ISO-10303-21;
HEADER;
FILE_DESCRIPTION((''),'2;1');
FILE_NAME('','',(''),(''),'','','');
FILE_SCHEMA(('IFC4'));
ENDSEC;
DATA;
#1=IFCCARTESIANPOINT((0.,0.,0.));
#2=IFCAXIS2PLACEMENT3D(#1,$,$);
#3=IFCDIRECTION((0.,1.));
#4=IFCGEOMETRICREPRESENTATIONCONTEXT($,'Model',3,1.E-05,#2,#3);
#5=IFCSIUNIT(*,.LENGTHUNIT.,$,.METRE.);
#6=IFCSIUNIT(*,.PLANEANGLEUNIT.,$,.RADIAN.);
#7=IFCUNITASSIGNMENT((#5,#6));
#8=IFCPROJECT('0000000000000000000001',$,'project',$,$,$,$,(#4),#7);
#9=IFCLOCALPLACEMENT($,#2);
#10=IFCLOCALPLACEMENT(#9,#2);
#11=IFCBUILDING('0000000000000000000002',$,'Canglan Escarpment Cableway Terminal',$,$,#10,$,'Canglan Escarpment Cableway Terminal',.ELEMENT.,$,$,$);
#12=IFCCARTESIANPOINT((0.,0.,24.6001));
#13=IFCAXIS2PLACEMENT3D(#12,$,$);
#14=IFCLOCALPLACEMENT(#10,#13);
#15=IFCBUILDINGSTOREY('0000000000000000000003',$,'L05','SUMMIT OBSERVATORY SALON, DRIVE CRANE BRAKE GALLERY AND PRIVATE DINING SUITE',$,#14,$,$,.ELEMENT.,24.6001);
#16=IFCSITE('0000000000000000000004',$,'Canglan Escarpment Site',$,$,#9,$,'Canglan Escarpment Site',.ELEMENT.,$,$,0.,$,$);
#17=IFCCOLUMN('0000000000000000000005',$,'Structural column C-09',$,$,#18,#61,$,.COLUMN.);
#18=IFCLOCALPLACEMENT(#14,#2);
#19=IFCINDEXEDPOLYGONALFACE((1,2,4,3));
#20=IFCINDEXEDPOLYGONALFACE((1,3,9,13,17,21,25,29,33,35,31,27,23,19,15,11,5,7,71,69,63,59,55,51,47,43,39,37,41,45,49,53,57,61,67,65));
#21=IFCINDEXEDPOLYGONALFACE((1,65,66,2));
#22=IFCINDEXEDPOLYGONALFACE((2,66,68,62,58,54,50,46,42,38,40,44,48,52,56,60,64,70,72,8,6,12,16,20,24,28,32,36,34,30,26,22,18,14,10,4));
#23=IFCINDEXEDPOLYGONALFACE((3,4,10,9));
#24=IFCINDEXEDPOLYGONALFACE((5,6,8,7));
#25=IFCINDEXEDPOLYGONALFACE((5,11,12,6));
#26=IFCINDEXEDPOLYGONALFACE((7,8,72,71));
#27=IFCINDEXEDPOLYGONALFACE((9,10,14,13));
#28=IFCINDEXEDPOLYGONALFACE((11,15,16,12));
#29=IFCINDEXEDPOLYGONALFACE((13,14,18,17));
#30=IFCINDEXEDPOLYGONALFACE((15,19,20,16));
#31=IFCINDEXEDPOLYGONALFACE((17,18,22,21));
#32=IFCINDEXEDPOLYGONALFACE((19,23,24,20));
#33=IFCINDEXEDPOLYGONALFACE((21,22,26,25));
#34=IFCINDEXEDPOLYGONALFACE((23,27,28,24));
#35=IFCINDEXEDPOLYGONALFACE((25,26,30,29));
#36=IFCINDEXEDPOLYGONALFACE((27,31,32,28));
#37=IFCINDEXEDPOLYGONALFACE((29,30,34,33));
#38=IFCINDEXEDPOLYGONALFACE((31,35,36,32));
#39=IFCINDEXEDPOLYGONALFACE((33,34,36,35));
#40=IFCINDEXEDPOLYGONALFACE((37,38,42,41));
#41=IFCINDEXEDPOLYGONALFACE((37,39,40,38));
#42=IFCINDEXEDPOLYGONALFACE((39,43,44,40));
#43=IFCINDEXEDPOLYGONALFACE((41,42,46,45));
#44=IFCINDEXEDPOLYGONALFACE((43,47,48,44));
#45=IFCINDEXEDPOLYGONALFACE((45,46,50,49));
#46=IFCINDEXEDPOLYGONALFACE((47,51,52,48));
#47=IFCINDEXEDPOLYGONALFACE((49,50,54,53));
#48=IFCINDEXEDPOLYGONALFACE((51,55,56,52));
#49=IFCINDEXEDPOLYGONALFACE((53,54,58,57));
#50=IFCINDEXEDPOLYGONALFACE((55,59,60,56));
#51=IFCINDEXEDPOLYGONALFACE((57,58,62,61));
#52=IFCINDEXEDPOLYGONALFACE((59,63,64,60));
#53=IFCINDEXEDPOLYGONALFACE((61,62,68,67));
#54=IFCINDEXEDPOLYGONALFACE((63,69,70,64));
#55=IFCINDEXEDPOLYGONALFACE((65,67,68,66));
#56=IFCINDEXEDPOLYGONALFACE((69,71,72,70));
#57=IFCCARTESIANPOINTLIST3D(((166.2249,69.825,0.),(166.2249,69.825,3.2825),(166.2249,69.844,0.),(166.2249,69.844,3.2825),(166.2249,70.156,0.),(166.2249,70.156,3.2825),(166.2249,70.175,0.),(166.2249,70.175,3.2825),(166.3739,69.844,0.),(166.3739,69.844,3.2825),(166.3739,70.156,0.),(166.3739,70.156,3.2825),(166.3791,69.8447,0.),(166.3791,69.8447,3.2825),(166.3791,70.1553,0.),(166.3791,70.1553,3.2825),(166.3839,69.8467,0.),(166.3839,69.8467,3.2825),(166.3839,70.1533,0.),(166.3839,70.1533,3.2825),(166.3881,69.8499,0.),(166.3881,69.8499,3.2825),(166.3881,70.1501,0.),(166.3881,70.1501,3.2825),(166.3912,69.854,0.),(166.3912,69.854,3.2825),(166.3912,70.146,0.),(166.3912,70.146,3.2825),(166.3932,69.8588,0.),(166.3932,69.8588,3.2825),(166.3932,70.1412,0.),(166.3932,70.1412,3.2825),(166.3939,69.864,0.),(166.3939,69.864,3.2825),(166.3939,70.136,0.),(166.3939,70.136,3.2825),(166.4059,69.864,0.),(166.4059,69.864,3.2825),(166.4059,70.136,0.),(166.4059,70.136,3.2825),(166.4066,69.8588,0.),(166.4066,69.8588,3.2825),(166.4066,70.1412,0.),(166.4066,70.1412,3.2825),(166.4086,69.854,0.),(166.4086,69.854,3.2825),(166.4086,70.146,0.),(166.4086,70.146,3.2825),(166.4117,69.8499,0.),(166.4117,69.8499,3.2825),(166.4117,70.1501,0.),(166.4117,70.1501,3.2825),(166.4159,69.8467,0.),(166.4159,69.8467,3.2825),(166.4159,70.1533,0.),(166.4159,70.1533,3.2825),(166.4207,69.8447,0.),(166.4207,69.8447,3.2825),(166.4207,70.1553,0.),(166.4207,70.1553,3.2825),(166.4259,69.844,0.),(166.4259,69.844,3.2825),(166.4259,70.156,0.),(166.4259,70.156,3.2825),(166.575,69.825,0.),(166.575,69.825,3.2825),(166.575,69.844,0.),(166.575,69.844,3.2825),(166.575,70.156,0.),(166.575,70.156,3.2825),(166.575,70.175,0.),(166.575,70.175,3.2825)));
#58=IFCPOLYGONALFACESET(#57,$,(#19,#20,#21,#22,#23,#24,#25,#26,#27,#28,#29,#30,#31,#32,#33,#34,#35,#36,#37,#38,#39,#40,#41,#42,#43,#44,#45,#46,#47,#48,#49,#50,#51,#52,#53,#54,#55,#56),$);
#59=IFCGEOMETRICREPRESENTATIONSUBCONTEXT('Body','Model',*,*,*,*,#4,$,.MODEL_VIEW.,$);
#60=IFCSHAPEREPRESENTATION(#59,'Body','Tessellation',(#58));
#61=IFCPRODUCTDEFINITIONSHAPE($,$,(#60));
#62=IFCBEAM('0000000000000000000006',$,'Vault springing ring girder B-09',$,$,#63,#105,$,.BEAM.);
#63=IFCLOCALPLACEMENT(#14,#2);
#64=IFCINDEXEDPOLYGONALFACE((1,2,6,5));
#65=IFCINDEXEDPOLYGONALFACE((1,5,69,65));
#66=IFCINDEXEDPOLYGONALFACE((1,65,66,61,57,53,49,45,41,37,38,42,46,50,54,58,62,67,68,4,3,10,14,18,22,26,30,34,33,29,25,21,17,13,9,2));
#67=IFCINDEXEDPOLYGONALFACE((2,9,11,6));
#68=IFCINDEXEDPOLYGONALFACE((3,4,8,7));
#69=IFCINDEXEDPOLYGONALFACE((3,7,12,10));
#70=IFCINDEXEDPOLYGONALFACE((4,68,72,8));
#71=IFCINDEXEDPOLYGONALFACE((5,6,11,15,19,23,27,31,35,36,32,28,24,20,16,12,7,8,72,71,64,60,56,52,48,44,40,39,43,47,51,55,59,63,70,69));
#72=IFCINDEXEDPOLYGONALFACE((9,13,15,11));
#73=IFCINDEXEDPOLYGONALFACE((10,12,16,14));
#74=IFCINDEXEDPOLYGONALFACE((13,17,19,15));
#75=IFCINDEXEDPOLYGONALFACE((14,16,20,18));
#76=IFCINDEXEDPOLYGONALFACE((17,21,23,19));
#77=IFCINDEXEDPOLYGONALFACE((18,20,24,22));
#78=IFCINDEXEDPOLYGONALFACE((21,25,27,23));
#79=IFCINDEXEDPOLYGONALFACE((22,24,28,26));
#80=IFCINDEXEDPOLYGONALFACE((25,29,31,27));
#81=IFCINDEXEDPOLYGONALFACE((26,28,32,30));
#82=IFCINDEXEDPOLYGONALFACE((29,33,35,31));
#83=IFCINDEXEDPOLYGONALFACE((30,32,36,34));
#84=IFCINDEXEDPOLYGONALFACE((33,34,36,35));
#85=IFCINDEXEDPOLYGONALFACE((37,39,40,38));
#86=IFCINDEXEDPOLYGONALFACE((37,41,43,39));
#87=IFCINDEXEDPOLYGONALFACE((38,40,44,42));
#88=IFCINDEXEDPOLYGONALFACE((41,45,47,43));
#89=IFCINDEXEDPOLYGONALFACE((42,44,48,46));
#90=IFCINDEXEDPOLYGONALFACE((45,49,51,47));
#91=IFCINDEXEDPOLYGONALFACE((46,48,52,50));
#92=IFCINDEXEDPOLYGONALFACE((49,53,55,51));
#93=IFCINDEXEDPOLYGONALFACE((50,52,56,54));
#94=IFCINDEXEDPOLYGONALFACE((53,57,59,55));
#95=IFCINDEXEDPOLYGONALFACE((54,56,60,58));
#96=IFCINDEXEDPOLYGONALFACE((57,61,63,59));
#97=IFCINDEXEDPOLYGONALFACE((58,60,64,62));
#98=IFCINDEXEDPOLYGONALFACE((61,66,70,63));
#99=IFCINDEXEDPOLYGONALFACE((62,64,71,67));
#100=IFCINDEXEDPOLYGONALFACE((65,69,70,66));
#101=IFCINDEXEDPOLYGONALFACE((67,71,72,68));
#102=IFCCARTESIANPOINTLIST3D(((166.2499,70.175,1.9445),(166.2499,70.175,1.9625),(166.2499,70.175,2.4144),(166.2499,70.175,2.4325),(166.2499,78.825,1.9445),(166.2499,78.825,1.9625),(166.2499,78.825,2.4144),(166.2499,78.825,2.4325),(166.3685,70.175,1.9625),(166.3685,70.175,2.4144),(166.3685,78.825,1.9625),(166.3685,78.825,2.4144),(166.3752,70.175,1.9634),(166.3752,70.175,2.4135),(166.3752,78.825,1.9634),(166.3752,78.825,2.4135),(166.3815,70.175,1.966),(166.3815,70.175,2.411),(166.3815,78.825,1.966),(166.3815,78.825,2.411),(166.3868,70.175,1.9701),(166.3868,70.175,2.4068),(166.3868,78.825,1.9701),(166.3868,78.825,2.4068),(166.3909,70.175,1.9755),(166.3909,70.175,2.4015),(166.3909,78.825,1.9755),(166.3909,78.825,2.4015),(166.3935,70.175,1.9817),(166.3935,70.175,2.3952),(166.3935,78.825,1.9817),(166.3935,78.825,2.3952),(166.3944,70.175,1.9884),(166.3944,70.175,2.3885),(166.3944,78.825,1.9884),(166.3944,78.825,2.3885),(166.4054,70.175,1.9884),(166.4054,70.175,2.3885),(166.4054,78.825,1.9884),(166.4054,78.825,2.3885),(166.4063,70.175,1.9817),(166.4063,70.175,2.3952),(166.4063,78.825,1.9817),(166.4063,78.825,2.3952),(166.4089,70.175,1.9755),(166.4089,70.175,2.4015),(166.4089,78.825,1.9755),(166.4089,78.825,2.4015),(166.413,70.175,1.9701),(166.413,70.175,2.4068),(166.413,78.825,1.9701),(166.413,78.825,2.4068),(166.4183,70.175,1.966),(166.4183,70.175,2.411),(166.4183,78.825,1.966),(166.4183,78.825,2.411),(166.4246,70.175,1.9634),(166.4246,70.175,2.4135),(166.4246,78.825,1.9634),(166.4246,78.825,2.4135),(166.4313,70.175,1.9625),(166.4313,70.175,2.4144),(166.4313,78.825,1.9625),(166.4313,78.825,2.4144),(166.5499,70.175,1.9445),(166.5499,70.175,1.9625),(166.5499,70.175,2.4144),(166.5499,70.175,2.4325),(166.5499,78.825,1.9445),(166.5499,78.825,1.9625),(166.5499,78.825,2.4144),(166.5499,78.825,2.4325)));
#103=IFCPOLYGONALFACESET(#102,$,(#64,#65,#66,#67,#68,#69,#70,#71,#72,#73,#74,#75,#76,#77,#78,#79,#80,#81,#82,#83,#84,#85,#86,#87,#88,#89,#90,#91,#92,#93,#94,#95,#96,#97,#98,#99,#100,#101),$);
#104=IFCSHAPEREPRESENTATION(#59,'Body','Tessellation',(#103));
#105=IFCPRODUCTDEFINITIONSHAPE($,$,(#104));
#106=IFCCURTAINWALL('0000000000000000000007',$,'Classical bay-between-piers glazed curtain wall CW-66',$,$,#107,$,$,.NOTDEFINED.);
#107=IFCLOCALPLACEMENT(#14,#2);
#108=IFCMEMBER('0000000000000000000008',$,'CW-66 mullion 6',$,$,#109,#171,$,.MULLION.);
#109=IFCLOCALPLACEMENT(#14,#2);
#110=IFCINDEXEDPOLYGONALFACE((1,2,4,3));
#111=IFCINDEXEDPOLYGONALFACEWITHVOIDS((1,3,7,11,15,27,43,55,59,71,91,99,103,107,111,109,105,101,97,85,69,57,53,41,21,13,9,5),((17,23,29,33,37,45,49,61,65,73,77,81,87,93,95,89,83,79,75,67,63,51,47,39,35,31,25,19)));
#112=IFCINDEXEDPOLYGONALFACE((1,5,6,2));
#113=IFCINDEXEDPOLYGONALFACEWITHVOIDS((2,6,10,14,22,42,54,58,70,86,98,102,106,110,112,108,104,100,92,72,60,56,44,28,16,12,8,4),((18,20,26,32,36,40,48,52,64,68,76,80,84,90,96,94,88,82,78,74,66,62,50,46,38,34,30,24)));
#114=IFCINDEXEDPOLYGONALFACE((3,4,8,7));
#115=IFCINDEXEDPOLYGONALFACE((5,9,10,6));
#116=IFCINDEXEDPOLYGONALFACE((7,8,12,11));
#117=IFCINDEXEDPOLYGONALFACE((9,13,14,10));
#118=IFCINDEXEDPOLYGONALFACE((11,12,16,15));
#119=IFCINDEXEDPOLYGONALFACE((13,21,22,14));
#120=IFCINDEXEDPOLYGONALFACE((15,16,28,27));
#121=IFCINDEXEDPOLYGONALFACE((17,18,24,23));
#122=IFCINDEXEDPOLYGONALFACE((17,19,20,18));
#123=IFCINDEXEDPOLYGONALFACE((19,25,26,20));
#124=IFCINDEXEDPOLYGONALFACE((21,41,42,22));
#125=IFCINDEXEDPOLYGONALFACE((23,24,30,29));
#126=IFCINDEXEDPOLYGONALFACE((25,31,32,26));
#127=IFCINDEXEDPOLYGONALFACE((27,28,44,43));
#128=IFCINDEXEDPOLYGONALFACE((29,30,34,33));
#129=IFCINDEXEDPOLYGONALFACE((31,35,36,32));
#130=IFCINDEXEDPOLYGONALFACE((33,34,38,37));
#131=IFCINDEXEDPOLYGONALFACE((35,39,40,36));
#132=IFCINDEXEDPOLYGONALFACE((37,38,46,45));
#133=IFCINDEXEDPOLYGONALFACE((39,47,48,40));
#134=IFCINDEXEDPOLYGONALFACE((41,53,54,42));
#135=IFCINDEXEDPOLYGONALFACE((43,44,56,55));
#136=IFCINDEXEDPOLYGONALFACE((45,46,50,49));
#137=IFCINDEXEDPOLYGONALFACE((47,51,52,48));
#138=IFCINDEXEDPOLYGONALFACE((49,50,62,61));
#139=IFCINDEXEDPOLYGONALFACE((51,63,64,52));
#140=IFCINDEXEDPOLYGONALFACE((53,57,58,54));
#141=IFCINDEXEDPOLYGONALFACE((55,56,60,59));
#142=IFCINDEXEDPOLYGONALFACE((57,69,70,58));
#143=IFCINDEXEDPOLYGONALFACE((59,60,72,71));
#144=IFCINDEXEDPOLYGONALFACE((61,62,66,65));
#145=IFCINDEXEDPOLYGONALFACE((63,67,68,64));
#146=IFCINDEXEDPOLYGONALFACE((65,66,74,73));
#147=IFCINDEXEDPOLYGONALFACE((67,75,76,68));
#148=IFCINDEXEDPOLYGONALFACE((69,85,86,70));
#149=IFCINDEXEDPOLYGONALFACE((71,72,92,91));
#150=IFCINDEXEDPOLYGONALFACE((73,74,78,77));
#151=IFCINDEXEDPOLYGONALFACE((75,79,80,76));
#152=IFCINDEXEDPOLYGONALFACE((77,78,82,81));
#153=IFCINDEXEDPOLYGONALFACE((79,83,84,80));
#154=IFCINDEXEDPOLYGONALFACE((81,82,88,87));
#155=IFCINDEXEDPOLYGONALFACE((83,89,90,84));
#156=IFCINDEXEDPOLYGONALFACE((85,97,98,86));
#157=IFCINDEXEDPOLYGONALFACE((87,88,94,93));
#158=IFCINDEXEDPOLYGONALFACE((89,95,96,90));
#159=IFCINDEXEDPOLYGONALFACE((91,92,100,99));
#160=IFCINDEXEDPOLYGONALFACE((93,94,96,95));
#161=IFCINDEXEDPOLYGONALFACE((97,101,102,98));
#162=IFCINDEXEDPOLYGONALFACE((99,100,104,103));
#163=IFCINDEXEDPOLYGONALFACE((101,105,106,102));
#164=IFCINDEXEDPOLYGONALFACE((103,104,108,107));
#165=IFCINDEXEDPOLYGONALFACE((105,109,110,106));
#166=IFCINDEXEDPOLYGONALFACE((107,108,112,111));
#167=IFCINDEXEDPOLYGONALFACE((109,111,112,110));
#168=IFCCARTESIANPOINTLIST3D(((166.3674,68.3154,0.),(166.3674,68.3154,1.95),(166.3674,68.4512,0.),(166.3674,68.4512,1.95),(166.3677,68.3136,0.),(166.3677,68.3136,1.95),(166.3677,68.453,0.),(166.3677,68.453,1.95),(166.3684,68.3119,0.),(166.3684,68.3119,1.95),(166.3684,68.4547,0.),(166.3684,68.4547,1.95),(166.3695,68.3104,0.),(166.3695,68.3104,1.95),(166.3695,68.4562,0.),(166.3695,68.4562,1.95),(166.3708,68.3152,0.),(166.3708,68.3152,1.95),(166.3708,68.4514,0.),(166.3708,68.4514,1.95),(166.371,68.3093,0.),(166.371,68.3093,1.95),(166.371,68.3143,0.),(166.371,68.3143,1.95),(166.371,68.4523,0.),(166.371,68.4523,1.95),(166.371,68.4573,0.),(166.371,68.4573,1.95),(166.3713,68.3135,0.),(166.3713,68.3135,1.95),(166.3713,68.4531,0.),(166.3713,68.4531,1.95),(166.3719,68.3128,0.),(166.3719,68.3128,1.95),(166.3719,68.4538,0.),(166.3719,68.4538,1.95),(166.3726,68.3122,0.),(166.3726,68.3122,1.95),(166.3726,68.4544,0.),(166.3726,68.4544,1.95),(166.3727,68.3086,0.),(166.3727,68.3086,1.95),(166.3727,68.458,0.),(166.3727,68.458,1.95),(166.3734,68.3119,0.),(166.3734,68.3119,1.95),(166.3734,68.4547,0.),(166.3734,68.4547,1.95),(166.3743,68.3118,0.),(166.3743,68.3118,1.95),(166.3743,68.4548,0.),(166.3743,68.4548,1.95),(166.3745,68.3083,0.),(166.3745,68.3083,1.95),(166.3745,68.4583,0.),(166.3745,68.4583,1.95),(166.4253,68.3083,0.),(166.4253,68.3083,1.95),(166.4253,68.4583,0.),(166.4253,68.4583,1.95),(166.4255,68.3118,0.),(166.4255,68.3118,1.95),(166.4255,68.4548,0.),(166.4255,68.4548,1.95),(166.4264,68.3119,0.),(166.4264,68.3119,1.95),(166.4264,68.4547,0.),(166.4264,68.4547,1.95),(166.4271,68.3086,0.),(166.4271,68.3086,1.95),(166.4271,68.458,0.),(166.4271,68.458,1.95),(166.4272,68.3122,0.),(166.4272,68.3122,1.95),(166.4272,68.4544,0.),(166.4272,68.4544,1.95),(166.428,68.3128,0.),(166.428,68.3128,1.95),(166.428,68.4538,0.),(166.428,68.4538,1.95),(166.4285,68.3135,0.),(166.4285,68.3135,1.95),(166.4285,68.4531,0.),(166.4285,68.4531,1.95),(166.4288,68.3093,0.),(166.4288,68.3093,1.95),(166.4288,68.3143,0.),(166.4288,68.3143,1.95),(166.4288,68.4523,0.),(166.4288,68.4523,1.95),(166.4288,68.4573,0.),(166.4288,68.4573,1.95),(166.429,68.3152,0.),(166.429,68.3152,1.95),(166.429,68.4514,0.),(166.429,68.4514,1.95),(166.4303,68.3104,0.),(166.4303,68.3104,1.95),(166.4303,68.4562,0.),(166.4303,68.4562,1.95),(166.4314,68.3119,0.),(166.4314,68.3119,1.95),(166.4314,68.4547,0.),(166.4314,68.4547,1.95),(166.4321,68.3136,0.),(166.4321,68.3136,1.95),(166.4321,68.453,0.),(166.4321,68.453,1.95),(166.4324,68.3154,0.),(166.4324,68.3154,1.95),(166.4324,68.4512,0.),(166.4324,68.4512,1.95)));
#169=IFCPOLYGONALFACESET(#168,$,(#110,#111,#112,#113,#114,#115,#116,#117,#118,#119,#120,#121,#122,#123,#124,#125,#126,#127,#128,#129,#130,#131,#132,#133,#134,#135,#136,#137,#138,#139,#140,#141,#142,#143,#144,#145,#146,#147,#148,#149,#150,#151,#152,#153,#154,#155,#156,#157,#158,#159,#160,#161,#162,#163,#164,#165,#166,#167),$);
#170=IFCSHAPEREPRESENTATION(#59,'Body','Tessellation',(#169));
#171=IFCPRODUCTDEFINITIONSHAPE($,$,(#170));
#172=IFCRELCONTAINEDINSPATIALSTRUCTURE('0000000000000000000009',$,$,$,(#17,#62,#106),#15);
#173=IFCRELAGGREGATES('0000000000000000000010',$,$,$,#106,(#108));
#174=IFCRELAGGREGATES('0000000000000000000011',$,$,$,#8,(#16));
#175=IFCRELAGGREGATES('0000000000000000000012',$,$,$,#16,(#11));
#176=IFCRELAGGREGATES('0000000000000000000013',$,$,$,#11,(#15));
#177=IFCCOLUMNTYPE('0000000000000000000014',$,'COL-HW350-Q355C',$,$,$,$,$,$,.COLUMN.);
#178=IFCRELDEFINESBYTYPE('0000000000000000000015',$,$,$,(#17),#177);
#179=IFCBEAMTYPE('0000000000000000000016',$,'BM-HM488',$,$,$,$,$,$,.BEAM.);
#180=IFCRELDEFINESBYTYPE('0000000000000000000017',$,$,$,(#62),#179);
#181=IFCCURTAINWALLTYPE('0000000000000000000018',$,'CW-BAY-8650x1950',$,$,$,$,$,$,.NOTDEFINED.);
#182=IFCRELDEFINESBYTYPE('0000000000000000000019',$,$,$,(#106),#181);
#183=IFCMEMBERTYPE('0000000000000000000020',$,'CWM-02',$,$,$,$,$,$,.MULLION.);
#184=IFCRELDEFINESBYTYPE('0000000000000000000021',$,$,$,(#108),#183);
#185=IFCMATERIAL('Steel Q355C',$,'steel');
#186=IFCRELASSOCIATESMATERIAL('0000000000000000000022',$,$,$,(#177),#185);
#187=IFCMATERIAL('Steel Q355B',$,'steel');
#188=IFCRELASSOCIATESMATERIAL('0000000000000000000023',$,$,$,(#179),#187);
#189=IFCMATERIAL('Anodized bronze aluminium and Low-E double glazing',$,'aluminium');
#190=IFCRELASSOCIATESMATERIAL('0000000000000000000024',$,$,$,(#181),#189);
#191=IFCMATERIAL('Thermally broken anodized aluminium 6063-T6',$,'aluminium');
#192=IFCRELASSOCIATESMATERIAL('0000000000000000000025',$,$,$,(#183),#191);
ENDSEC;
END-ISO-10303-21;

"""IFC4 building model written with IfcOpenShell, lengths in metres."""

from ifc_helpers import new_model, si_unit, direction, frame, origin, origin_2d, place, context, subcontext, project, spatial, hollow_rectangle, i_section, extrude, material, material_profile, profile_set, type_object, element, aggregate, save


model = new_model("IFC4")

# Units and contexts
model_context = context("Model", 3, precision=1e-05, world=origin(), true_north=direction((0.0, 1.0)))
body_context = subcontext(model_context, "Body", "Model", "MODEL_VIEW")
ifc_project = project(units=[si_unit("LENGTHUNIT", "METRE"), si_unit("PLANEANGLEUNIT", "RADIAN")], contexts=[model_context])

# Site, building, storey
site_placement = place(None, origin())
site = spatial("IfcSite", under=ifc_project, at=site_placement, Name="Canglan Escarpment Site", LongName="Canglan Escarpment Site", CompositionType="ELEMENT", RefElevation=0.0)
building_placement = place(site_placement, origin())
building = spatial("IfcBuilding", under=site, at=building_placement, Name="Canglan Escarpment Cableway Terminal", LongName="Canglan Escarpment Cableway Terminal", CompositionType="ELEMENT")
storey_placement = place(building_placement, frame((0.0, 0.0, 24.6001)))
storey = spatial("IfcBuildingStorey", under=building, at=storey_placement, Name="L05", Description="SUMMIT OBSERVATORY SALON, DRIVE CRANE BRAKE GALLERY AND PRIVATE DINING SUITE", CompositionType="ELEMENT", Elevation=24.6001)

# Column
ifc_material_1 = material(Name="Steel Q355C", Category="steel")
ifc_material_profile_1 = material_profile(ifc_material_1, i_section(OverallWidth=0.3501, OverallDepth=0.3501, WebThickness=0.012, FlangeThickness=0.019, FilletRadius=0.02, at=origin_2d()), Name="HW 350x350x12x19")
ifc_profile_set_1 = profile_set([ifc_material_profile_1], Name="Steel Q355C")
column_type = type_object("IfcColumnType", Name="COL-HW350-Q355C", PredefinedType="COLUMN", material=ifc_profile_set_1)
column_placement = place(storey_placement, frame((166.3999, 70.0, 0.0), z_axis=(0.0, 0.0, 1.0), x_axis=(1.0, 0.0, 0.0)))
element("IfcColumn", 1, at=column_placement, inside=storey, type_object=column_type, Name="Structural column C-09", PredefinedType="COLUMN", context=body_context, shape_type="SweptSolid", body=[
    extrude(i_section(OverallWidth=0.3501, OverallDepth=0.3501, WebThickness=0.012, FlangeThickness=0.019, FilletRadius=0.02, at=origin_2d()), origin(), (0.0, 0.0, 1.0), 3.2825),
])

# Beam
ifc_material_2 = material(Name="Steel Q355B", Category="steel")
ifc_material_profile_2 = material_profile(ifc_material_2, i_section(OverallWidth=0.3, OverallDepth=0.488, WebThickness=0.011, FlangeThickness=0.0181, FilletRadius=0.0259, at=origin_2d()), Name="HM 488x300x11x18")
ifc_profile_set_2 = profile_set([ifc_material_profile_2], Name="Steel Q355B")
beam_type = type_object("IfcBeamType", Name="BM-HM488", PredefinedType="BEAM", material=ifc_profile_set_2)
beam_placement = place(storey_placement, frame((166.3999, 70.175, 2.1885), z_axis=(0.0, 1.0, 0.0), x_axis=(-1.0, 0.0, 0.0)))
element("IfcBeam", 2, at=beam_placement, inside=storey, type_object=beam_type, Name="Vault springing ring girder B-09", PredefinedType="BEAM", context=body_context, shape_type="SweptSolid", body=[
    extrude(i_section(OverallWidth=0.3, OverallDepth=0.488, WebThickness=0.011, FlangeThickness=0.0181, FilletRadius=0.0259, at=origin_2d()), origin(), (0.0, 0.0, 1.0), 8.6499),
])

# Curtain wall, member
ifc_material_3 = material(Name="Anodized bronze aluminium and Low-E double glazing", Category="aluminium")
curtain_wall_type = type_object("IfcCurtainWallType", Name="CW-BAY-8650x1950", PredefinedType="NOTDEFINED", material=ifc_material_3)
curtain_wall_1_placement = place(storey_placement, origin())
curtain_wall_1 = element("IfcCurtainWall", 3, at=curtain_wall_1_placement, inside=storey, type_object=curtain_wall_type, Name="Classical bay-between-piers glazed curtain wall CW-66", PredefinedType="NOTDEFINED")
ifc_material_4 = material(Name="Thermally broken anodized aluminium 6063-T6", Category="aluminium")
ifc_material_profile_3 = material_profile(ifc_material_4, hollow_rectangle(XDim=0.0649, YDim=0.1499, WallThickness=0.0034, InnerFilletRadius=0.0034, OuterFilletRadius=0.0071, at=origin_2d()), Name="ALU-MULL 65x150x3.5")
ifc_profile_set_3 = profile_set([ifc_material_profile_3], Name="Thermally broken anodized aluminium 6063-T6")
member_type_1 = type_object("IfcMemberType", Name="CWM-02", PredefinedType="MULLION", material=ifc_profile_set_3)
member_1_placement = place(storey_placement, frame((166.3999, 68.3833, 0.0), z_axis=(0.0, 0.0, 1.0), x_axis=(-1.0, 0.0, 0.0)))
member_1 = element("IfcMember", 4, at=member_1_placement, type_object=member_type_1, Name="CW-66 mullion 6", PredefinedType="MULLION", context=body_context, shape_type="SweptSolid", body=[
    extrude(hollow_rectangle(XDim=0.0649, YDim=0.1499, WallThickness=0.0034, InnerFilletRadius=0.0034, OuterFilletRadius=0.0071, at=origin_2d()), origin(), (0.0, 0.0, 1.0), 1.95),
])

aggregate(curtain_wall_1, [member_1])

save(model, "model.ifc")
